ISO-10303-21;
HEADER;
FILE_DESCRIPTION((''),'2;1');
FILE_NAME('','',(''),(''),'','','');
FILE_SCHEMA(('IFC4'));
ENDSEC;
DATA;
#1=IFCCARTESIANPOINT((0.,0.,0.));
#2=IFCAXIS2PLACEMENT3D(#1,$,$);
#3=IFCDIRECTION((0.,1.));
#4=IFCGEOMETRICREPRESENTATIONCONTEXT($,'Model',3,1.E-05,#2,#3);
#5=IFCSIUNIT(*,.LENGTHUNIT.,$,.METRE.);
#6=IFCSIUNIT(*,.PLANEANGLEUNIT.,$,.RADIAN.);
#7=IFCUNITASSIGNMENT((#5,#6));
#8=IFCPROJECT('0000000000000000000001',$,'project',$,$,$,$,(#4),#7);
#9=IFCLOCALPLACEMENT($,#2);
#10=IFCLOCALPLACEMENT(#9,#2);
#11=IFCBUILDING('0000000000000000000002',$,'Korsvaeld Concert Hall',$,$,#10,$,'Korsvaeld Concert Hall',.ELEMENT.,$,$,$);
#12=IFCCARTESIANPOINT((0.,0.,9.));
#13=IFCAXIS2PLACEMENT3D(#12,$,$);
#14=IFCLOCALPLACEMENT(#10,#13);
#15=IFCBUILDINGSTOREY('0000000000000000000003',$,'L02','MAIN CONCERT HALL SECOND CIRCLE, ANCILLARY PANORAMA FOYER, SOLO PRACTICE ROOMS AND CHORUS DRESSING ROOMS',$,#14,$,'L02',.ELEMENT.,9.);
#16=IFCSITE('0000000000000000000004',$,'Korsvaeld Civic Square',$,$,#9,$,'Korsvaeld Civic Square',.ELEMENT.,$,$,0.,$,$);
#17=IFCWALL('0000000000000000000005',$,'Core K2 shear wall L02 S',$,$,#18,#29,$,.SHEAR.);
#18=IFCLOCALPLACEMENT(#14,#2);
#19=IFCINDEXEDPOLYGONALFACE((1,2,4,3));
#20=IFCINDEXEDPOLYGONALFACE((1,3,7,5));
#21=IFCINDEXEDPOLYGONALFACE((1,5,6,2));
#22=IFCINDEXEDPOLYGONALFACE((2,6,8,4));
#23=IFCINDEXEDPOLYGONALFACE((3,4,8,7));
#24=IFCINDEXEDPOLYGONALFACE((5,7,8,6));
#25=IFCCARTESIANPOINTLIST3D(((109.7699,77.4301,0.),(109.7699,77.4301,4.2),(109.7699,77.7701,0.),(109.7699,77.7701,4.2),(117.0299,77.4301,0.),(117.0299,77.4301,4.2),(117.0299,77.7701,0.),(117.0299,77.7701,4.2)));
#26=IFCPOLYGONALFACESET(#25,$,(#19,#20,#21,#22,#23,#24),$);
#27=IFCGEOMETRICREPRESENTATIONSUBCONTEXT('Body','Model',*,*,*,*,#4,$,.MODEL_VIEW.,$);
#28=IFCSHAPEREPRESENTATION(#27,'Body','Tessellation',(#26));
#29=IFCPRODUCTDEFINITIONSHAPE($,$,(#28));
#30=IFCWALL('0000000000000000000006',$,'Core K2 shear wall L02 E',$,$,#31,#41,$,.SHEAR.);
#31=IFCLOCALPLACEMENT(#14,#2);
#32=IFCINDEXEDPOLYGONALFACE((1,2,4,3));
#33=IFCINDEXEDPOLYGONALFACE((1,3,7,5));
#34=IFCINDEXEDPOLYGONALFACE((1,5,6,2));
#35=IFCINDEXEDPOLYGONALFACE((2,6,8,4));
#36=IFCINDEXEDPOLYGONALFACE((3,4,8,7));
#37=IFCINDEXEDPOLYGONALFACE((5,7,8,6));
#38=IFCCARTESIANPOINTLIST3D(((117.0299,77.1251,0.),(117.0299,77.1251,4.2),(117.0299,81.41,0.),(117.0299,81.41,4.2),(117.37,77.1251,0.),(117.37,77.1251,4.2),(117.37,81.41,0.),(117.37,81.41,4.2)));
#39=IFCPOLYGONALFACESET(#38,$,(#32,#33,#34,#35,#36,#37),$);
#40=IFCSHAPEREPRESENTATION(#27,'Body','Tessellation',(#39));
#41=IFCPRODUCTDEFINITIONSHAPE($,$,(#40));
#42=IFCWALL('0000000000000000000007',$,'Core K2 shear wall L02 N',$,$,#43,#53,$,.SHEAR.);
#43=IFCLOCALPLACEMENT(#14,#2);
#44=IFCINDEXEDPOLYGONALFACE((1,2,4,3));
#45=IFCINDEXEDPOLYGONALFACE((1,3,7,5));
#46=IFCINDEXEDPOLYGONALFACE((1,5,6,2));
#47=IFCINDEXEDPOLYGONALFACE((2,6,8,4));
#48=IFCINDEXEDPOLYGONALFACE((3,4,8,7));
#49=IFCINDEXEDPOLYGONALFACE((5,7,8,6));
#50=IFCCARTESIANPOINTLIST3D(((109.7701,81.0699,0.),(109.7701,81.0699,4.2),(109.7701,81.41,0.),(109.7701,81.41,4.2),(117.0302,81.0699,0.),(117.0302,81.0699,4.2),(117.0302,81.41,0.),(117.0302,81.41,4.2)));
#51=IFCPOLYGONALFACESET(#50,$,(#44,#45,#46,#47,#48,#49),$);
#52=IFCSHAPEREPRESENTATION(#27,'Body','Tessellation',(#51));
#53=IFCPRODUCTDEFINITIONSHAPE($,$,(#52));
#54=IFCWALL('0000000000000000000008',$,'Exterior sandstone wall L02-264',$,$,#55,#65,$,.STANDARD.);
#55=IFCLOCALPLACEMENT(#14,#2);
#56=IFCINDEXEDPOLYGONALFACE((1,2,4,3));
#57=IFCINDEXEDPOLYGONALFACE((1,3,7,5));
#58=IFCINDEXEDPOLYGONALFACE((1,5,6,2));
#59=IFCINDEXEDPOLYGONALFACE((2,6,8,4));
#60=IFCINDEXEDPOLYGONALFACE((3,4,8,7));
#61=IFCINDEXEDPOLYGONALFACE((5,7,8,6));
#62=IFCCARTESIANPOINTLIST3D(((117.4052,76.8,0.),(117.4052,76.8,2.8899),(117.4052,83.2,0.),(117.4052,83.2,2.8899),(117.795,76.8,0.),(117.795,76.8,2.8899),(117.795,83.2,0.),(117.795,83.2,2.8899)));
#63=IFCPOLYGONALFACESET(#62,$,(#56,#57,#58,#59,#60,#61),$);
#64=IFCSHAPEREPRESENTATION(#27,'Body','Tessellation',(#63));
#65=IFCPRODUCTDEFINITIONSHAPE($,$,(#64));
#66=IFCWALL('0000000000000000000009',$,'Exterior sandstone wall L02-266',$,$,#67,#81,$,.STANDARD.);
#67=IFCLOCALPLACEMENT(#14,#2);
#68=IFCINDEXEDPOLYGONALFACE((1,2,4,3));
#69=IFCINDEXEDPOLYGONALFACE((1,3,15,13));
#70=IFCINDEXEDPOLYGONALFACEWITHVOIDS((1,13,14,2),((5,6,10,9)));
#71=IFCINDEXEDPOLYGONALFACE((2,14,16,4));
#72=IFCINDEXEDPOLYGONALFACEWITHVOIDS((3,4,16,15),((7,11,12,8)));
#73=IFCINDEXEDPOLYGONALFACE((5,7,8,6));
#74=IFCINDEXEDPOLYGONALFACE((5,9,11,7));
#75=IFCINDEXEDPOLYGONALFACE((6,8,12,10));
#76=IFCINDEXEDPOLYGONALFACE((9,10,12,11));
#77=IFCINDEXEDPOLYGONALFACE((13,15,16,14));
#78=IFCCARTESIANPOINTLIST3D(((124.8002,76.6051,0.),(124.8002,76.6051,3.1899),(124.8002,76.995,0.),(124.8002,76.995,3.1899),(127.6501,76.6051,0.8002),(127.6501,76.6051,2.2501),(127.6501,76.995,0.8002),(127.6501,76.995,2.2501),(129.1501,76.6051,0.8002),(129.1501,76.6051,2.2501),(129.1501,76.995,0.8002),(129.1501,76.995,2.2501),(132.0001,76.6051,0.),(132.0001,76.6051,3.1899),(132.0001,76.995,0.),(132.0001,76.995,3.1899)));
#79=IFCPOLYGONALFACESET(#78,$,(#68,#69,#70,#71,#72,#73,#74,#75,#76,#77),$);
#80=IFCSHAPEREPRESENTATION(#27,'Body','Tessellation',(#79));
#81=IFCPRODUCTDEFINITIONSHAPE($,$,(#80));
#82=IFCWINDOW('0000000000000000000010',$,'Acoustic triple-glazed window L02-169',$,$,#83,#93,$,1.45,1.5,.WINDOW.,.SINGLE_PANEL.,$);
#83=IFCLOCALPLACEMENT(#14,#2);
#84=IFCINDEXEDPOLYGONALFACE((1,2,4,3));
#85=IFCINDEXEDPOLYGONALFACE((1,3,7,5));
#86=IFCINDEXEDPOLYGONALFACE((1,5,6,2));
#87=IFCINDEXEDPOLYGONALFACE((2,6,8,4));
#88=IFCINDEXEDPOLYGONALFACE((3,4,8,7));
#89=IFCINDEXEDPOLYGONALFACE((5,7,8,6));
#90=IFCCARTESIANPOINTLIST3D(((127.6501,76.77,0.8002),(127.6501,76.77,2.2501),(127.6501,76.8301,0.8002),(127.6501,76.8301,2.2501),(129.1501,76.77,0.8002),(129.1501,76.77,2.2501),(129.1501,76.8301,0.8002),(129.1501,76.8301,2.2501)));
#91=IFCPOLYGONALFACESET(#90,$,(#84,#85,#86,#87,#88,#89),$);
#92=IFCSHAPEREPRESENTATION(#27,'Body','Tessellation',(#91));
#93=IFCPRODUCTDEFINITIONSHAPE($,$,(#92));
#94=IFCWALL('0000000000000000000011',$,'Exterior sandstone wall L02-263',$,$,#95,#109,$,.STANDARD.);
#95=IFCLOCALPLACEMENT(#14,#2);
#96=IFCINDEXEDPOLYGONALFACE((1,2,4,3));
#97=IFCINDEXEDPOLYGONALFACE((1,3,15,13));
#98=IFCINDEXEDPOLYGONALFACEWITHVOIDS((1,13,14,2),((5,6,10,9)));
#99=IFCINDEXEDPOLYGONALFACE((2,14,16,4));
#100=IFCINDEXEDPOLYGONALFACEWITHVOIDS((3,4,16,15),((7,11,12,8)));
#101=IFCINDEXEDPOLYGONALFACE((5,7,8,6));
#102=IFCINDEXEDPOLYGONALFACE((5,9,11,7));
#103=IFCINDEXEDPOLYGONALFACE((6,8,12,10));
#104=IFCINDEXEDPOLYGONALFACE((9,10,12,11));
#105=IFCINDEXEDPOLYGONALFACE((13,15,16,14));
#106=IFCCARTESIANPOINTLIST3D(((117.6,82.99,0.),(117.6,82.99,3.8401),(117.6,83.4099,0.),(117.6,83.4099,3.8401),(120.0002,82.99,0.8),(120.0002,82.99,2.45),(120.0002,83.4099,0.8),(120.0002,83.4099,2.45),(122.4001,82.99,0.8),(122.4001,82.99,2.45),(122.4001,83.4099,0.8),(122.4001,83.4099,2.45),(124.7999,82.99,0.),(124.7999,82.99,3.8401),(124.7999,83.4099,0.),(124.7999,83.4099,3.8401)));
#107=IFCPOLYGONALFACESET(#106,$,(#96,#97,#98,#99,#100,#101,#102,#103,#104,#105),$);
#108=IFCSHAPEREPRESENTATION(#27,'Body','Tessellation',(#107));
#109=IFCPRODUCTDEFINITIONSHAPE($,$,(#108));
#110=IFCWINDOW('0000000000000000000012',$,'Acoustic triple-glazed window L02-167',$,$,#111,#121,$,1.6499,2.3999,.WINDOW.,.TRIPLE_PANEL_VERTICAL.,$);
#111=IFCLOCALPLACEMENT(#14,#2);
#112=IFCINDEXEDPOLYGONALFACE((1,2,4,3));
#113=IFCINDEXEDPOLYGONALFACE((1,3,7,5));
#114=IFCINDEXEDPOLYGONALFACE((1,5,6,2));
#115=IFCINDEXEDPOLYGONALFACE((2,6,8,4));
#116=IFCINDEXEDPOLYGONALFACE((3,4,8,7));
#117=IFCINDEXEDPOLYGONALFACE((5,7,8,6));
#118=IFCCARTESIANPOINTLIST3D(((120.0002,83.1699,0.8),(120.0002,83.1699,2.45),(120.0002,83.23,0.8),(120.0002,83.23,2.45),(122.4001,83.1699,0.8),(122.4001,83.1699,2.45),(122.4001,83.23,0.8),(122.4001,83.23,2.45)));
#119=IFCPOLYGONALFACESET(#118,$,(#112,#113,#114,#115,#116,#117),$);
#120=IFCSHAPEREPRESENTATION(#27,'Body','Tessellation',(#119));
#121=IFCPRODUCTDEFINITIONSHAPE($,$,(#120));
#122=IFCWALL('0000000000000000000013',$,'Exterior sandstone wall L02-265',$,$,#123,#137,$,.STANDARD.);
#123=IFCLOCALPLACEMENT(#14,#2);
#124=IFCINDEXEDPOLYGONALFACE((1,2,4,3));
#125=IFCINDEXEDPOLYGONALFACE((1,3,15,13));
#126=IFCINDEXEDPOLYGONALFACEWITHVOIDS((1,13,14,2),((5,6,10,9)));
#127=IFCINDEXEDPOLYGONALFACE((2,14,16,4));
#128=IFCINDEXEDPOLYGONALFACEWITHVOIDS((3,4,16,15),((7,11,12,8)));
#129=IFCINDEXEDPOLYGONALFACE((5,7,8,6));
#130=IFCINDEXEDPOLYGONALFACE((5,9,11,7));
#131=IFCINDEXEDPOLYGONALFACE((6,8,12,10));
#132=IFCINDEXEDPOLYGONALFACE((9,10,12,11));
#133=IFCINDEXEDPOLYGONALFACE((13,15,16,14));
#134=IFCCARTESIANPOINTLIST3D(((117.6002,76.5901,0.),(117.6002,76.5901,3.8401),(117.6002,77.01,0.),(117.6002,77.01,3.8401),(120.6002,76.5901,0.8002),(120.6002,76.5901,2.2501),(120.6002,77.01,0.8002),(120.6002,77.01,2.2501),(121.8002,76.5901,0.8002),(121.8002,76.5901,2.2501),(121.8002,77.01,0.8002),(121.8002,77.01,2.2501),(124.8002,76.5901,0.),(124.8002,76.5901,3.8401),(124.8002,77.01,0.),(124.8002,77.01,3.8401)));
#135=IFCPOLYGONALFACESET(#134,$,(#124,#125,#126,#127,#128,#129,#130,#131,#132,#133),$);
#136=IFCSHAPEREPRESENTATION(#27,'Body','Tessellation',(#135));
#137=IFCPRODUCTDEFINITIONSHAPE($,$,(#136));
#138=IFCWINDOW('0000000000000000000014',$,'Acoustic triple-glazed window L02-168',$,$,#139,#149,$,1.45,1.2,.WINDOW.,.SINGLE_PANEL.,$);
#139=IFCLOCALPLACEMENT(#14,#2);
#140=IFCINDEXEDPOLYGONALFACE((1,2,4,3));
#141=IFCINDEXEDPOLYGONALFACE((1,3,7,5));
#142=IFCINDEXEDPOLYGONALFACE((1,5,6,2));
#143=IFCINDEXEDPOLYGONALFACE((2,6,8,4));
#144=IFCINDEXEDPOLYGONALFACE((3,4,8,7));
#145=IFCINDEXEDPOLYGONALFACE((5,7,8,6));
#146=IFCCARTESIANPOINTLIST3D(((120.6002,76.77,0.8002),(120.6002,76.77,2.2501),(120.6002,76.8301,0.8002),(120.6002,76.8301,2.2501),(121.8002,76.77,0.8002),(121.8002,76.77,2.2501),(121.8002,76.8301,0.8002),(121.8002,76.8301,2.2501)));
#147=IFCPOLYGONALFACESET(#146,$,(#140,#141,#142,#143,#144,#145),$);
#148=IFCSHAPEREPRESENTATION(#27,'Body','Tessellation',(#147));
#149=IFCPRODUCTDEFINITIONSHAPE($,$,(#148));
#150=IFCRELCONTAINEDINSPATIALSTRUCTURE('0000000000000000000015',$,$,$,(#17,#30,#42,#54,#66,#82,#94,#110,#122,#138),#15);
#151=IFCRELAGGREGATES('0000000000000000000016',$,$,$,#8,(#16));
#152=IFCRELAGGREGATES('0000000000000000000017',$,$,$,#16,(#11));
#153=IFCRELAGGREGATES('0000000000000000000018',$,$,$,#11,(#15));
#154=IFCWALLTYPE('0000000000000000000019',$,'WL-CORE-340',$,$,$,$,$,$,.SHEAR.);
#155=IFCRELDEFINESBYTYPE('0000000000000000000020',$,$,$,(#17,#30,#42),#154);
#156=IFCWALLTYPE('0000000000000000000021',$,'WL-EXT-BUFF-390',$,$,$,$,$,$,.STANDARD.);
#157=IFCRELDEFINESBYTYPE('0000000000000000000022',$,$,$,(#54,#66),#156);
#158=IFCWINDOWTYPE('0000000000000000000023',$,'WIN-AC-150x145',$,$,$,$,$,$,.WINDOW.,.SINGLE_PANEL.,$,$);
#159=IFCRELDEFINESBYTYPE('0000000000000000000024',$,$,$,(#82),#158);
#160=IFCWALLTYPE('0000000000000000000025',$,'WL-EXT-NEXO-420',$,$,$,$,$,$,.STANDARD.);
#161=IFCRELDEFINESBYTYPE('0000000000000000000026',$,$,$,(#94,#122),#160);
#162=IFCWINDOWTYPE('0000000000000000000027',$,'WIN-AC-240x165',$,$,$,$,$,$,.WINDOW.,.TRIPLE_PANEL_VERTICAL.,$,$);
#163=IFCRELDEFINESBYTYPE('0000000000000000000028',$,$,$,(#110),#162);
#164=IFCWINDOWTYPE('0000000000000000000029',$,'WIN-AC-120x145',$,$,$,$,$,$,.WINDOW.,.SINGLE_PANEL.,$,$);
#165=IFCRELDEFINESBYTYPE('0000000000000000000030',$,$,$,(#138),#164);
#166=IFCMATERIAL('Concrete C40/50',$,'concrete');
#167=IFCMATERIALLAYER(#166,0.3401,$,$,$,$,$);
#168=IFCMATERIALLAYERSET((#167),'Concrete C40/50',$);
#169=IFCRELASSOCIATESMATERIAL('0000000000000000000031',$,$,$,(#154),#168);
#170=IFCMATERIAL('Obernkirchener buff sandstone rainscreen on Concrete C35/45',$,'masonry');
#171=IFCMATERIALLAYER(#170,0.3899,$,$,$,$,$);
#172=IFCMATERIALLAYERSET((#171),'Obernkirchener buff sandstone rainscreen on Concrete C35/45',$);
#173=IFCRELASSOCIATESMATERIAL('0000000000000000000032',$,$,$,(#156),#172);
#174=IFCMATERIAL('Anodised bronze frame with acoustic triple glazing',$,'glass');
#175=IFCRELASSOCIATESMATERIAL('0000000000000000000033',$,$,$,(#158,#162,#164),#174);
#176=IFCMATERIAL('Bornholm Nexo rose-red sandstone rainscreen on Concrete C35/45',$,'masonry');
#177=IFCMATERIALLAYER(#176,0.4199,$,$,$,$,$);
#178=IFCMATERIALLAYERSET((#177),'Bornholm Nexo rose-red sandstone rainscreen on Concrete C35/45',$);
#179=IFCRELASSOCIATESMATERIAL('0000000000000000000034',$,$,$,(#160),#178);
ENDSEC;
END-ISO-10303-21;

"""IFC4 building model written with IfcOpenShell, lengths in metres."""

from ifc_helpers import new_model, si_unit, direction, frame, frame_2d, origin, place, context, subcontext, project, spatial, rectangle, extrude, material, layer, layer_set, type_object, element, fill, save


model = new_model("IFC4")

# Units and contexts
model_context = context("Model", 3, precision=1e-05, world=origin(), true_north=direction((0.0, 1.0)))
body_context = subcontext(model_context, "Body", "Model", "MODEL_VIEW")
ifc_project = project(units=[si_unit("LENGTHUNIT", "METRE"), si_unit("PLANEANGLEUNIT", "RADIAN")], contexts=[model_context])

# Site, building, storey
site_placement = place(None, origin())
site = spatial("IfcSite", under=ifc_project, at=site_placement, Name="Korsvaeld Civic Square", LongName="Korsvaeld Civic Square", CompositionType="ELEMENT", RefElevation=0.0)
building_placement = place(site_placement, origin())
building = spatial("IfcBuilding", under=site, at=building_placement, Name="Korsvaeld Concert Hall", LongName="Korsvaeld Concert Hall", CompositionType="ELEMENT")
storey_placement = place(building_placement, frame((0.0, 0.0, 9.0)))
storey = spatial("IfcBuildingStorey", under=building, at=storey_placement, Name="L02", Description="MAIN CONCERT HALL SECOND CIRCLE, ANCILLARY PANORAMA FOYER, SOLO PRACTICE ROOMS AND CHORUS DRESSING ROOMS", LongName="L02", CompositionType="ELEMENT", Elevation=9.0)

# Shared definitions
ifc_material_1 = material(Name="Concrete C40/50", Category="concrete")

# Walls
ifc_layer_1 = layer(ifc_material_1, 0.3401)
ifc_layer_set_1 = layer_set([ifc_layer_1], Name="Concrete C40/50")
wall_type_1 = type_object("IfcWallType", Name="WL-CORE-340", PredefinedType="SHEAR", material=ifc_layer_set_1)
wall_1_placement = place(storey_placement, frame((109.77, 77.6001, 0.0), z_axis=(0.0, 0.0, 1.0), x_axis=(1.0, 0.0, 0.0)))
element("IfcWall", 1, at=wall_1_placement, inside=storey, type_object=wall_type_1, Name="Core K2 shear wall L02 S", PredefinedType="SHEAR", context=body_context, shape_type="SweptSolid", body=[
    extrude(rectangle(XDim=7.26, YDim=0.3401, at=frame_2d((3.6299, 0.0))), origin(), (0.0, 0.0, 1.0), 4.2),
])
wall_2_placement = place(storey_placement, frame((117.2, 77.125, 0.0), z_axis=(0.0, 0.0, 1.0), x_axis=(0.0, 1.0, 0.0)))
element("IfcWall", 2, at=wall_2_placement, inside=storey, type_object=wall_type_1, Name="Core K2 shear wall L02 E", PredefinedType="SHEAR", context=body_context, shape_type="SweptSolid", body=[
    extrude(rectangle(XDim=4.2849, YDim=0.3401, at=frame_2d((2.1426, 0.0))), origin(), (0.0, 0.0, 1.0), 4.2),
])
wall_3_placement = place(storey_placement, frame((117.03, 81.24, 0.0), z_axis=(0.0, 0.0, 1.0), x_axis=(-1.0, 0.0, 0.0)))
element("IfcWall", 3, at=wall_3_placement, inside=storey, type_object=wall_type_1, Name="Core K2 shear wall L02 N", PredefinedType="SHEAR", context=body_context, shape_type="SweptSolid", body=[
    extrude(rectangle(XDim=7.26, YDim=0.3401, at=frame_2d((3.6299, 0.0))), origin(), (0.0, 0.0, 1.0), 4.2),
])

# Wall
ifc_material_2 = material(Name="Obernkirchener buff sandstone rainscreen on Concrete C35/45", Category="masonry")
ifc_layer_2 = layer(ifc_material_2, 0.3899)
ifc_layer_set_2 = layer_set([ifc_layer_2], Name="Obernkirchener buff sandstone rainscreen on Concrete C35/45")
wall_type_2 = type_object("IfcWallType", Name="WL-EXT-BUFF-390", PredefinedType="STANDARD", material=ifc_layer_set_2)
wall_4_placement = place(storey_placement, frame((117.6001, 83.2, 0.0), z_axis=(0.0, 0.0, 1.0), x_axis=(0.0, -1.0, 0.0)))
element("IfcWall", 4, at=wall_4_placement, inside=storey, type_object=wall_type_2, Name="Exterior sandstone wall L02-264", PredefinedType="STANDARD", context=body_context, shape_type="SweptSolid", body=[
    extrude(rectangle(XDim=6.3999, YDim=0.3899, at=frame_2d((3.2, 0.0))), origin(), (0.0, 0.0, 1.0), 2.8899),
])

# Walls, openings, windows
wall_5_placement = place(storey_placement, frame((124.8, 76.8, 0.0), z_axis=(0.0, 0.0, 1.0), x_axis=(1.0, 0.0, 0.0)))
wall_5 = element("IfcWall", 5, at=wall_5_placement, inside=storey, type_object=wall_type_2, Name="Exterior sandstone wall L02-266", PredefinedType="STANDARD", context=body_context, shape_type="SweptSolid", body=[
    extrude(rectangle(XDim=7.2, YDim=0.3899, at=frame_2d((3.6001, 0.0))), origin(), (0.0, 0.0, 1.0), 3.1899),
])
opening_1_placement = place(wall_5_placement, frame((2.8501, 0.0, 0.8)))
opening_1 = element("IfcOpeningElement", 6, at=opening_1_placement, cuts=wall_5, PredefinedType="OPENING", context=body_context, shape_type="SweptSolid", body=[
    extrude(rectangle(XDim=1.5, YDim=1.45, at=frame_2d((0.75, 0.7251))), frame((0.0, 0.2051, 0.0), z_axis=(0.0, -1.0, 0.0), x_axis=(1.0, 0.0, 0.0)), (0.0, 0.0, 1.0), 0.4099),
])
ifc_material_3 = material(Name="Anodised bronze frame with acoustic triple glazing", Category="glass")
window_type_1 = type_object("IfcWindowType", Name="WIN-AC-150x145", PartitioningType="SINGLE_PANEL", PredefinedType="WINDOW", material=ifc_material_3)
window_1_placement = place(opening_1_placement, origin())
window_1 = element("IfcWindow", 7, at=window_1_placement, inside=storey, type_object=window_type_1, Name="Acoustic triple-glazed window L02-169", OverallHeight=1.45, OverallWidth=1.5, PartitioningType="SINGLE_PANEL", PredefinedType="WINDOW", context=body_context, shape_type="SweptSolid", body=[
    extrude(rectangle(XDim=1.5, YDim=1.45, at=frame_2d((0.75, 0.7251))), frame((0.0, 0.03, 0.0), z_axis=(0.0, -1.0, 0.0), x_axis=(1.0, 0.0, 0.0)), (0.0, 0.0, 1.0), 0.0601),
])
fill(opening_1, window_1)
ifc_material_4 = material(Name="Bornholm Nexo rose-red sandstone rainscreen on Concrete C35/45", Category="masonry")
ifc_layer_3 = layer(ifc_material_4, 0.4199)
ifc_layer_set_3 = layer_set([ifc_layer_3], Name="Bornholm Nexo rose-red sandstone rainscreen on Concrete C35/45")
wall_type_3 = type_object("IfcWallType", Name="WL-EXT-NEXO-420", PredefinedType="STANDARD", material=ifc_layer_set_3)
wall_6_placement = place(storey_placement, frame((124.8, 83.2, 0.0), z_axis=(0.0, 0.0, 1.0), x_axis=(-1.0, 0.0, 0.0)))
wall_6 = element("IfcWall", 8, at=wall_6_placement, inside=storey, type_object=wall_type_3, Name="Exterior sandstone wall L02-263", PredefinedType="STANDARD", context=body_context, shape_type="SweptSolid", body=[
    extrude(rectangle(XDim=7.2, YDim=0.4199, at=frame_2d((3.6001, 0.0))), origin(), (0.0, 0.0, 1.0), 3.8401),
])
opening_2_placement = place(wall_6_placement, frame((2.3999, 0.0, 0.8)))
opening_2 = element("IfcOpeningElement", 9, at=opening_2_placement, cuts=wall_6, PredefinedType="OPENING", context=body_context, shape_type="SweptSolid", body=[
    extrude(rectangle(XDim=2.3999, YDim=1.6499, at=frame_2d((1.2, 0.825))), frame((0.0, 0.22, 0.0), z_axis=(0.0, -1.0, 0.0), x_axis=(1.0, 0.0, 0.0)), (0.0, 0.0, 1.0), 0.4399),
])
window_type_2 = type_object("IfcWindowType", Name="WIN-AC-240x165", PartitioningType="TRIPLE_PANEL_VERTICAL", PredefinedType="WINDOW", material=ifc_material_3)
window_2_placement = place(opening_2_placement, origin())
window_2 = element("IfcWindow", 10, at=window_2_placement, inside=storey, type_object=window_type_2, Name="Acoustic triple-glazed window L02-167", OverallHeight=1.6499, OverallWidth=2.3999, PartitioningType="TRIPLE_PANEL_VERTICAL", PredefinedType="WINDOW", context=body_context, shape_type="SweptSolid", body=[
    extrude(rectangle(XDim=2.3999, YDim=1.6499, at=frame_2d((1.2, 0.825))), frame((0.0, 0.03, 0.0), z_axis=(0.0, -1.0, 0.0), x_axis=(1.0, 0.0, 0.0)), (0.0, 0.0, 1.0), 0.0601),
])
fill(opening_2, window_2)
wall_7_placement = place(storey_placement, frame((117.6001, 76.8, 0.0), z_axis=(0.0, 0.0, 1.0), x_axis=(1.0, 0.0, 0.0)))
wall_7 = element("IfcWall", 11, at=wall_7_placement, inside=storey, type_object=wall_type_3, Name="Exterior sandstone wall L02-265", PredefinedType="STANDARD", context=body_context, shape_type="SweptSolid", body=[
    extrude(rectangle(XDim=7.2, YDim=0.4199, at=frame_2d((3.6001, 0.0))), origin(), (0.0, 0.0, 1.0), 3.8401),
])
opening_3_placement = place(wall_7_placement, frame((3.0, 0.0, 0.8)))
opening_3 = element("IfcOpeningElement", 12, at=opening_3_placement, cuts=wall_7, PredefinedType="OPENING", context=body_context, shape_type="SweptSolid", body=[
    extrude(rectangle(XDim=1.2, YDim=1.45, at=frame_2d((0.6001, 0.7251))), frame((0.0, 0.22, 0.0), z_axis=(0.0, -1.0, 0.0), x_axis=(1.0, 0.0, 0.0)), (0.0, 0.0, 1.0), 0.4399),
])
window_type_3 = type_object("IfcWindowType", Name="WIN-AC-120x145", PartitioningType="SINGLE_PANEL", PredefinedType="WINDOW", material=ifc_material_3)
window_3_placement = place(opening_3_placement, origin())
window_3 = element("IfcWindow", 13, at=window_3_placement, inside=storey, type_object=window_type_3, Name="Acoustic triple-glazed window L02-168", OverallHeight=1.45, OverallWidth=1.2, PartitioningType="SINGLE_PANEL", PredefinedType="WINDOW", context=body_context, shape_type="SweptSolid", body=[
    extrude(rectangle(XDim=1.2, YDim=1.45, at=frame_2d((0.6001, 0.7251))), frame((0.0, 0.03, 0.0), z_axis=(0.0, -1.0, 0.0), x_axis=(1.0, 0.0, 0.0)), (0.0, 0.0, 1.0), 0.0601),
])
fill(opening_3, window_3)

save(model, "model.ifc")
